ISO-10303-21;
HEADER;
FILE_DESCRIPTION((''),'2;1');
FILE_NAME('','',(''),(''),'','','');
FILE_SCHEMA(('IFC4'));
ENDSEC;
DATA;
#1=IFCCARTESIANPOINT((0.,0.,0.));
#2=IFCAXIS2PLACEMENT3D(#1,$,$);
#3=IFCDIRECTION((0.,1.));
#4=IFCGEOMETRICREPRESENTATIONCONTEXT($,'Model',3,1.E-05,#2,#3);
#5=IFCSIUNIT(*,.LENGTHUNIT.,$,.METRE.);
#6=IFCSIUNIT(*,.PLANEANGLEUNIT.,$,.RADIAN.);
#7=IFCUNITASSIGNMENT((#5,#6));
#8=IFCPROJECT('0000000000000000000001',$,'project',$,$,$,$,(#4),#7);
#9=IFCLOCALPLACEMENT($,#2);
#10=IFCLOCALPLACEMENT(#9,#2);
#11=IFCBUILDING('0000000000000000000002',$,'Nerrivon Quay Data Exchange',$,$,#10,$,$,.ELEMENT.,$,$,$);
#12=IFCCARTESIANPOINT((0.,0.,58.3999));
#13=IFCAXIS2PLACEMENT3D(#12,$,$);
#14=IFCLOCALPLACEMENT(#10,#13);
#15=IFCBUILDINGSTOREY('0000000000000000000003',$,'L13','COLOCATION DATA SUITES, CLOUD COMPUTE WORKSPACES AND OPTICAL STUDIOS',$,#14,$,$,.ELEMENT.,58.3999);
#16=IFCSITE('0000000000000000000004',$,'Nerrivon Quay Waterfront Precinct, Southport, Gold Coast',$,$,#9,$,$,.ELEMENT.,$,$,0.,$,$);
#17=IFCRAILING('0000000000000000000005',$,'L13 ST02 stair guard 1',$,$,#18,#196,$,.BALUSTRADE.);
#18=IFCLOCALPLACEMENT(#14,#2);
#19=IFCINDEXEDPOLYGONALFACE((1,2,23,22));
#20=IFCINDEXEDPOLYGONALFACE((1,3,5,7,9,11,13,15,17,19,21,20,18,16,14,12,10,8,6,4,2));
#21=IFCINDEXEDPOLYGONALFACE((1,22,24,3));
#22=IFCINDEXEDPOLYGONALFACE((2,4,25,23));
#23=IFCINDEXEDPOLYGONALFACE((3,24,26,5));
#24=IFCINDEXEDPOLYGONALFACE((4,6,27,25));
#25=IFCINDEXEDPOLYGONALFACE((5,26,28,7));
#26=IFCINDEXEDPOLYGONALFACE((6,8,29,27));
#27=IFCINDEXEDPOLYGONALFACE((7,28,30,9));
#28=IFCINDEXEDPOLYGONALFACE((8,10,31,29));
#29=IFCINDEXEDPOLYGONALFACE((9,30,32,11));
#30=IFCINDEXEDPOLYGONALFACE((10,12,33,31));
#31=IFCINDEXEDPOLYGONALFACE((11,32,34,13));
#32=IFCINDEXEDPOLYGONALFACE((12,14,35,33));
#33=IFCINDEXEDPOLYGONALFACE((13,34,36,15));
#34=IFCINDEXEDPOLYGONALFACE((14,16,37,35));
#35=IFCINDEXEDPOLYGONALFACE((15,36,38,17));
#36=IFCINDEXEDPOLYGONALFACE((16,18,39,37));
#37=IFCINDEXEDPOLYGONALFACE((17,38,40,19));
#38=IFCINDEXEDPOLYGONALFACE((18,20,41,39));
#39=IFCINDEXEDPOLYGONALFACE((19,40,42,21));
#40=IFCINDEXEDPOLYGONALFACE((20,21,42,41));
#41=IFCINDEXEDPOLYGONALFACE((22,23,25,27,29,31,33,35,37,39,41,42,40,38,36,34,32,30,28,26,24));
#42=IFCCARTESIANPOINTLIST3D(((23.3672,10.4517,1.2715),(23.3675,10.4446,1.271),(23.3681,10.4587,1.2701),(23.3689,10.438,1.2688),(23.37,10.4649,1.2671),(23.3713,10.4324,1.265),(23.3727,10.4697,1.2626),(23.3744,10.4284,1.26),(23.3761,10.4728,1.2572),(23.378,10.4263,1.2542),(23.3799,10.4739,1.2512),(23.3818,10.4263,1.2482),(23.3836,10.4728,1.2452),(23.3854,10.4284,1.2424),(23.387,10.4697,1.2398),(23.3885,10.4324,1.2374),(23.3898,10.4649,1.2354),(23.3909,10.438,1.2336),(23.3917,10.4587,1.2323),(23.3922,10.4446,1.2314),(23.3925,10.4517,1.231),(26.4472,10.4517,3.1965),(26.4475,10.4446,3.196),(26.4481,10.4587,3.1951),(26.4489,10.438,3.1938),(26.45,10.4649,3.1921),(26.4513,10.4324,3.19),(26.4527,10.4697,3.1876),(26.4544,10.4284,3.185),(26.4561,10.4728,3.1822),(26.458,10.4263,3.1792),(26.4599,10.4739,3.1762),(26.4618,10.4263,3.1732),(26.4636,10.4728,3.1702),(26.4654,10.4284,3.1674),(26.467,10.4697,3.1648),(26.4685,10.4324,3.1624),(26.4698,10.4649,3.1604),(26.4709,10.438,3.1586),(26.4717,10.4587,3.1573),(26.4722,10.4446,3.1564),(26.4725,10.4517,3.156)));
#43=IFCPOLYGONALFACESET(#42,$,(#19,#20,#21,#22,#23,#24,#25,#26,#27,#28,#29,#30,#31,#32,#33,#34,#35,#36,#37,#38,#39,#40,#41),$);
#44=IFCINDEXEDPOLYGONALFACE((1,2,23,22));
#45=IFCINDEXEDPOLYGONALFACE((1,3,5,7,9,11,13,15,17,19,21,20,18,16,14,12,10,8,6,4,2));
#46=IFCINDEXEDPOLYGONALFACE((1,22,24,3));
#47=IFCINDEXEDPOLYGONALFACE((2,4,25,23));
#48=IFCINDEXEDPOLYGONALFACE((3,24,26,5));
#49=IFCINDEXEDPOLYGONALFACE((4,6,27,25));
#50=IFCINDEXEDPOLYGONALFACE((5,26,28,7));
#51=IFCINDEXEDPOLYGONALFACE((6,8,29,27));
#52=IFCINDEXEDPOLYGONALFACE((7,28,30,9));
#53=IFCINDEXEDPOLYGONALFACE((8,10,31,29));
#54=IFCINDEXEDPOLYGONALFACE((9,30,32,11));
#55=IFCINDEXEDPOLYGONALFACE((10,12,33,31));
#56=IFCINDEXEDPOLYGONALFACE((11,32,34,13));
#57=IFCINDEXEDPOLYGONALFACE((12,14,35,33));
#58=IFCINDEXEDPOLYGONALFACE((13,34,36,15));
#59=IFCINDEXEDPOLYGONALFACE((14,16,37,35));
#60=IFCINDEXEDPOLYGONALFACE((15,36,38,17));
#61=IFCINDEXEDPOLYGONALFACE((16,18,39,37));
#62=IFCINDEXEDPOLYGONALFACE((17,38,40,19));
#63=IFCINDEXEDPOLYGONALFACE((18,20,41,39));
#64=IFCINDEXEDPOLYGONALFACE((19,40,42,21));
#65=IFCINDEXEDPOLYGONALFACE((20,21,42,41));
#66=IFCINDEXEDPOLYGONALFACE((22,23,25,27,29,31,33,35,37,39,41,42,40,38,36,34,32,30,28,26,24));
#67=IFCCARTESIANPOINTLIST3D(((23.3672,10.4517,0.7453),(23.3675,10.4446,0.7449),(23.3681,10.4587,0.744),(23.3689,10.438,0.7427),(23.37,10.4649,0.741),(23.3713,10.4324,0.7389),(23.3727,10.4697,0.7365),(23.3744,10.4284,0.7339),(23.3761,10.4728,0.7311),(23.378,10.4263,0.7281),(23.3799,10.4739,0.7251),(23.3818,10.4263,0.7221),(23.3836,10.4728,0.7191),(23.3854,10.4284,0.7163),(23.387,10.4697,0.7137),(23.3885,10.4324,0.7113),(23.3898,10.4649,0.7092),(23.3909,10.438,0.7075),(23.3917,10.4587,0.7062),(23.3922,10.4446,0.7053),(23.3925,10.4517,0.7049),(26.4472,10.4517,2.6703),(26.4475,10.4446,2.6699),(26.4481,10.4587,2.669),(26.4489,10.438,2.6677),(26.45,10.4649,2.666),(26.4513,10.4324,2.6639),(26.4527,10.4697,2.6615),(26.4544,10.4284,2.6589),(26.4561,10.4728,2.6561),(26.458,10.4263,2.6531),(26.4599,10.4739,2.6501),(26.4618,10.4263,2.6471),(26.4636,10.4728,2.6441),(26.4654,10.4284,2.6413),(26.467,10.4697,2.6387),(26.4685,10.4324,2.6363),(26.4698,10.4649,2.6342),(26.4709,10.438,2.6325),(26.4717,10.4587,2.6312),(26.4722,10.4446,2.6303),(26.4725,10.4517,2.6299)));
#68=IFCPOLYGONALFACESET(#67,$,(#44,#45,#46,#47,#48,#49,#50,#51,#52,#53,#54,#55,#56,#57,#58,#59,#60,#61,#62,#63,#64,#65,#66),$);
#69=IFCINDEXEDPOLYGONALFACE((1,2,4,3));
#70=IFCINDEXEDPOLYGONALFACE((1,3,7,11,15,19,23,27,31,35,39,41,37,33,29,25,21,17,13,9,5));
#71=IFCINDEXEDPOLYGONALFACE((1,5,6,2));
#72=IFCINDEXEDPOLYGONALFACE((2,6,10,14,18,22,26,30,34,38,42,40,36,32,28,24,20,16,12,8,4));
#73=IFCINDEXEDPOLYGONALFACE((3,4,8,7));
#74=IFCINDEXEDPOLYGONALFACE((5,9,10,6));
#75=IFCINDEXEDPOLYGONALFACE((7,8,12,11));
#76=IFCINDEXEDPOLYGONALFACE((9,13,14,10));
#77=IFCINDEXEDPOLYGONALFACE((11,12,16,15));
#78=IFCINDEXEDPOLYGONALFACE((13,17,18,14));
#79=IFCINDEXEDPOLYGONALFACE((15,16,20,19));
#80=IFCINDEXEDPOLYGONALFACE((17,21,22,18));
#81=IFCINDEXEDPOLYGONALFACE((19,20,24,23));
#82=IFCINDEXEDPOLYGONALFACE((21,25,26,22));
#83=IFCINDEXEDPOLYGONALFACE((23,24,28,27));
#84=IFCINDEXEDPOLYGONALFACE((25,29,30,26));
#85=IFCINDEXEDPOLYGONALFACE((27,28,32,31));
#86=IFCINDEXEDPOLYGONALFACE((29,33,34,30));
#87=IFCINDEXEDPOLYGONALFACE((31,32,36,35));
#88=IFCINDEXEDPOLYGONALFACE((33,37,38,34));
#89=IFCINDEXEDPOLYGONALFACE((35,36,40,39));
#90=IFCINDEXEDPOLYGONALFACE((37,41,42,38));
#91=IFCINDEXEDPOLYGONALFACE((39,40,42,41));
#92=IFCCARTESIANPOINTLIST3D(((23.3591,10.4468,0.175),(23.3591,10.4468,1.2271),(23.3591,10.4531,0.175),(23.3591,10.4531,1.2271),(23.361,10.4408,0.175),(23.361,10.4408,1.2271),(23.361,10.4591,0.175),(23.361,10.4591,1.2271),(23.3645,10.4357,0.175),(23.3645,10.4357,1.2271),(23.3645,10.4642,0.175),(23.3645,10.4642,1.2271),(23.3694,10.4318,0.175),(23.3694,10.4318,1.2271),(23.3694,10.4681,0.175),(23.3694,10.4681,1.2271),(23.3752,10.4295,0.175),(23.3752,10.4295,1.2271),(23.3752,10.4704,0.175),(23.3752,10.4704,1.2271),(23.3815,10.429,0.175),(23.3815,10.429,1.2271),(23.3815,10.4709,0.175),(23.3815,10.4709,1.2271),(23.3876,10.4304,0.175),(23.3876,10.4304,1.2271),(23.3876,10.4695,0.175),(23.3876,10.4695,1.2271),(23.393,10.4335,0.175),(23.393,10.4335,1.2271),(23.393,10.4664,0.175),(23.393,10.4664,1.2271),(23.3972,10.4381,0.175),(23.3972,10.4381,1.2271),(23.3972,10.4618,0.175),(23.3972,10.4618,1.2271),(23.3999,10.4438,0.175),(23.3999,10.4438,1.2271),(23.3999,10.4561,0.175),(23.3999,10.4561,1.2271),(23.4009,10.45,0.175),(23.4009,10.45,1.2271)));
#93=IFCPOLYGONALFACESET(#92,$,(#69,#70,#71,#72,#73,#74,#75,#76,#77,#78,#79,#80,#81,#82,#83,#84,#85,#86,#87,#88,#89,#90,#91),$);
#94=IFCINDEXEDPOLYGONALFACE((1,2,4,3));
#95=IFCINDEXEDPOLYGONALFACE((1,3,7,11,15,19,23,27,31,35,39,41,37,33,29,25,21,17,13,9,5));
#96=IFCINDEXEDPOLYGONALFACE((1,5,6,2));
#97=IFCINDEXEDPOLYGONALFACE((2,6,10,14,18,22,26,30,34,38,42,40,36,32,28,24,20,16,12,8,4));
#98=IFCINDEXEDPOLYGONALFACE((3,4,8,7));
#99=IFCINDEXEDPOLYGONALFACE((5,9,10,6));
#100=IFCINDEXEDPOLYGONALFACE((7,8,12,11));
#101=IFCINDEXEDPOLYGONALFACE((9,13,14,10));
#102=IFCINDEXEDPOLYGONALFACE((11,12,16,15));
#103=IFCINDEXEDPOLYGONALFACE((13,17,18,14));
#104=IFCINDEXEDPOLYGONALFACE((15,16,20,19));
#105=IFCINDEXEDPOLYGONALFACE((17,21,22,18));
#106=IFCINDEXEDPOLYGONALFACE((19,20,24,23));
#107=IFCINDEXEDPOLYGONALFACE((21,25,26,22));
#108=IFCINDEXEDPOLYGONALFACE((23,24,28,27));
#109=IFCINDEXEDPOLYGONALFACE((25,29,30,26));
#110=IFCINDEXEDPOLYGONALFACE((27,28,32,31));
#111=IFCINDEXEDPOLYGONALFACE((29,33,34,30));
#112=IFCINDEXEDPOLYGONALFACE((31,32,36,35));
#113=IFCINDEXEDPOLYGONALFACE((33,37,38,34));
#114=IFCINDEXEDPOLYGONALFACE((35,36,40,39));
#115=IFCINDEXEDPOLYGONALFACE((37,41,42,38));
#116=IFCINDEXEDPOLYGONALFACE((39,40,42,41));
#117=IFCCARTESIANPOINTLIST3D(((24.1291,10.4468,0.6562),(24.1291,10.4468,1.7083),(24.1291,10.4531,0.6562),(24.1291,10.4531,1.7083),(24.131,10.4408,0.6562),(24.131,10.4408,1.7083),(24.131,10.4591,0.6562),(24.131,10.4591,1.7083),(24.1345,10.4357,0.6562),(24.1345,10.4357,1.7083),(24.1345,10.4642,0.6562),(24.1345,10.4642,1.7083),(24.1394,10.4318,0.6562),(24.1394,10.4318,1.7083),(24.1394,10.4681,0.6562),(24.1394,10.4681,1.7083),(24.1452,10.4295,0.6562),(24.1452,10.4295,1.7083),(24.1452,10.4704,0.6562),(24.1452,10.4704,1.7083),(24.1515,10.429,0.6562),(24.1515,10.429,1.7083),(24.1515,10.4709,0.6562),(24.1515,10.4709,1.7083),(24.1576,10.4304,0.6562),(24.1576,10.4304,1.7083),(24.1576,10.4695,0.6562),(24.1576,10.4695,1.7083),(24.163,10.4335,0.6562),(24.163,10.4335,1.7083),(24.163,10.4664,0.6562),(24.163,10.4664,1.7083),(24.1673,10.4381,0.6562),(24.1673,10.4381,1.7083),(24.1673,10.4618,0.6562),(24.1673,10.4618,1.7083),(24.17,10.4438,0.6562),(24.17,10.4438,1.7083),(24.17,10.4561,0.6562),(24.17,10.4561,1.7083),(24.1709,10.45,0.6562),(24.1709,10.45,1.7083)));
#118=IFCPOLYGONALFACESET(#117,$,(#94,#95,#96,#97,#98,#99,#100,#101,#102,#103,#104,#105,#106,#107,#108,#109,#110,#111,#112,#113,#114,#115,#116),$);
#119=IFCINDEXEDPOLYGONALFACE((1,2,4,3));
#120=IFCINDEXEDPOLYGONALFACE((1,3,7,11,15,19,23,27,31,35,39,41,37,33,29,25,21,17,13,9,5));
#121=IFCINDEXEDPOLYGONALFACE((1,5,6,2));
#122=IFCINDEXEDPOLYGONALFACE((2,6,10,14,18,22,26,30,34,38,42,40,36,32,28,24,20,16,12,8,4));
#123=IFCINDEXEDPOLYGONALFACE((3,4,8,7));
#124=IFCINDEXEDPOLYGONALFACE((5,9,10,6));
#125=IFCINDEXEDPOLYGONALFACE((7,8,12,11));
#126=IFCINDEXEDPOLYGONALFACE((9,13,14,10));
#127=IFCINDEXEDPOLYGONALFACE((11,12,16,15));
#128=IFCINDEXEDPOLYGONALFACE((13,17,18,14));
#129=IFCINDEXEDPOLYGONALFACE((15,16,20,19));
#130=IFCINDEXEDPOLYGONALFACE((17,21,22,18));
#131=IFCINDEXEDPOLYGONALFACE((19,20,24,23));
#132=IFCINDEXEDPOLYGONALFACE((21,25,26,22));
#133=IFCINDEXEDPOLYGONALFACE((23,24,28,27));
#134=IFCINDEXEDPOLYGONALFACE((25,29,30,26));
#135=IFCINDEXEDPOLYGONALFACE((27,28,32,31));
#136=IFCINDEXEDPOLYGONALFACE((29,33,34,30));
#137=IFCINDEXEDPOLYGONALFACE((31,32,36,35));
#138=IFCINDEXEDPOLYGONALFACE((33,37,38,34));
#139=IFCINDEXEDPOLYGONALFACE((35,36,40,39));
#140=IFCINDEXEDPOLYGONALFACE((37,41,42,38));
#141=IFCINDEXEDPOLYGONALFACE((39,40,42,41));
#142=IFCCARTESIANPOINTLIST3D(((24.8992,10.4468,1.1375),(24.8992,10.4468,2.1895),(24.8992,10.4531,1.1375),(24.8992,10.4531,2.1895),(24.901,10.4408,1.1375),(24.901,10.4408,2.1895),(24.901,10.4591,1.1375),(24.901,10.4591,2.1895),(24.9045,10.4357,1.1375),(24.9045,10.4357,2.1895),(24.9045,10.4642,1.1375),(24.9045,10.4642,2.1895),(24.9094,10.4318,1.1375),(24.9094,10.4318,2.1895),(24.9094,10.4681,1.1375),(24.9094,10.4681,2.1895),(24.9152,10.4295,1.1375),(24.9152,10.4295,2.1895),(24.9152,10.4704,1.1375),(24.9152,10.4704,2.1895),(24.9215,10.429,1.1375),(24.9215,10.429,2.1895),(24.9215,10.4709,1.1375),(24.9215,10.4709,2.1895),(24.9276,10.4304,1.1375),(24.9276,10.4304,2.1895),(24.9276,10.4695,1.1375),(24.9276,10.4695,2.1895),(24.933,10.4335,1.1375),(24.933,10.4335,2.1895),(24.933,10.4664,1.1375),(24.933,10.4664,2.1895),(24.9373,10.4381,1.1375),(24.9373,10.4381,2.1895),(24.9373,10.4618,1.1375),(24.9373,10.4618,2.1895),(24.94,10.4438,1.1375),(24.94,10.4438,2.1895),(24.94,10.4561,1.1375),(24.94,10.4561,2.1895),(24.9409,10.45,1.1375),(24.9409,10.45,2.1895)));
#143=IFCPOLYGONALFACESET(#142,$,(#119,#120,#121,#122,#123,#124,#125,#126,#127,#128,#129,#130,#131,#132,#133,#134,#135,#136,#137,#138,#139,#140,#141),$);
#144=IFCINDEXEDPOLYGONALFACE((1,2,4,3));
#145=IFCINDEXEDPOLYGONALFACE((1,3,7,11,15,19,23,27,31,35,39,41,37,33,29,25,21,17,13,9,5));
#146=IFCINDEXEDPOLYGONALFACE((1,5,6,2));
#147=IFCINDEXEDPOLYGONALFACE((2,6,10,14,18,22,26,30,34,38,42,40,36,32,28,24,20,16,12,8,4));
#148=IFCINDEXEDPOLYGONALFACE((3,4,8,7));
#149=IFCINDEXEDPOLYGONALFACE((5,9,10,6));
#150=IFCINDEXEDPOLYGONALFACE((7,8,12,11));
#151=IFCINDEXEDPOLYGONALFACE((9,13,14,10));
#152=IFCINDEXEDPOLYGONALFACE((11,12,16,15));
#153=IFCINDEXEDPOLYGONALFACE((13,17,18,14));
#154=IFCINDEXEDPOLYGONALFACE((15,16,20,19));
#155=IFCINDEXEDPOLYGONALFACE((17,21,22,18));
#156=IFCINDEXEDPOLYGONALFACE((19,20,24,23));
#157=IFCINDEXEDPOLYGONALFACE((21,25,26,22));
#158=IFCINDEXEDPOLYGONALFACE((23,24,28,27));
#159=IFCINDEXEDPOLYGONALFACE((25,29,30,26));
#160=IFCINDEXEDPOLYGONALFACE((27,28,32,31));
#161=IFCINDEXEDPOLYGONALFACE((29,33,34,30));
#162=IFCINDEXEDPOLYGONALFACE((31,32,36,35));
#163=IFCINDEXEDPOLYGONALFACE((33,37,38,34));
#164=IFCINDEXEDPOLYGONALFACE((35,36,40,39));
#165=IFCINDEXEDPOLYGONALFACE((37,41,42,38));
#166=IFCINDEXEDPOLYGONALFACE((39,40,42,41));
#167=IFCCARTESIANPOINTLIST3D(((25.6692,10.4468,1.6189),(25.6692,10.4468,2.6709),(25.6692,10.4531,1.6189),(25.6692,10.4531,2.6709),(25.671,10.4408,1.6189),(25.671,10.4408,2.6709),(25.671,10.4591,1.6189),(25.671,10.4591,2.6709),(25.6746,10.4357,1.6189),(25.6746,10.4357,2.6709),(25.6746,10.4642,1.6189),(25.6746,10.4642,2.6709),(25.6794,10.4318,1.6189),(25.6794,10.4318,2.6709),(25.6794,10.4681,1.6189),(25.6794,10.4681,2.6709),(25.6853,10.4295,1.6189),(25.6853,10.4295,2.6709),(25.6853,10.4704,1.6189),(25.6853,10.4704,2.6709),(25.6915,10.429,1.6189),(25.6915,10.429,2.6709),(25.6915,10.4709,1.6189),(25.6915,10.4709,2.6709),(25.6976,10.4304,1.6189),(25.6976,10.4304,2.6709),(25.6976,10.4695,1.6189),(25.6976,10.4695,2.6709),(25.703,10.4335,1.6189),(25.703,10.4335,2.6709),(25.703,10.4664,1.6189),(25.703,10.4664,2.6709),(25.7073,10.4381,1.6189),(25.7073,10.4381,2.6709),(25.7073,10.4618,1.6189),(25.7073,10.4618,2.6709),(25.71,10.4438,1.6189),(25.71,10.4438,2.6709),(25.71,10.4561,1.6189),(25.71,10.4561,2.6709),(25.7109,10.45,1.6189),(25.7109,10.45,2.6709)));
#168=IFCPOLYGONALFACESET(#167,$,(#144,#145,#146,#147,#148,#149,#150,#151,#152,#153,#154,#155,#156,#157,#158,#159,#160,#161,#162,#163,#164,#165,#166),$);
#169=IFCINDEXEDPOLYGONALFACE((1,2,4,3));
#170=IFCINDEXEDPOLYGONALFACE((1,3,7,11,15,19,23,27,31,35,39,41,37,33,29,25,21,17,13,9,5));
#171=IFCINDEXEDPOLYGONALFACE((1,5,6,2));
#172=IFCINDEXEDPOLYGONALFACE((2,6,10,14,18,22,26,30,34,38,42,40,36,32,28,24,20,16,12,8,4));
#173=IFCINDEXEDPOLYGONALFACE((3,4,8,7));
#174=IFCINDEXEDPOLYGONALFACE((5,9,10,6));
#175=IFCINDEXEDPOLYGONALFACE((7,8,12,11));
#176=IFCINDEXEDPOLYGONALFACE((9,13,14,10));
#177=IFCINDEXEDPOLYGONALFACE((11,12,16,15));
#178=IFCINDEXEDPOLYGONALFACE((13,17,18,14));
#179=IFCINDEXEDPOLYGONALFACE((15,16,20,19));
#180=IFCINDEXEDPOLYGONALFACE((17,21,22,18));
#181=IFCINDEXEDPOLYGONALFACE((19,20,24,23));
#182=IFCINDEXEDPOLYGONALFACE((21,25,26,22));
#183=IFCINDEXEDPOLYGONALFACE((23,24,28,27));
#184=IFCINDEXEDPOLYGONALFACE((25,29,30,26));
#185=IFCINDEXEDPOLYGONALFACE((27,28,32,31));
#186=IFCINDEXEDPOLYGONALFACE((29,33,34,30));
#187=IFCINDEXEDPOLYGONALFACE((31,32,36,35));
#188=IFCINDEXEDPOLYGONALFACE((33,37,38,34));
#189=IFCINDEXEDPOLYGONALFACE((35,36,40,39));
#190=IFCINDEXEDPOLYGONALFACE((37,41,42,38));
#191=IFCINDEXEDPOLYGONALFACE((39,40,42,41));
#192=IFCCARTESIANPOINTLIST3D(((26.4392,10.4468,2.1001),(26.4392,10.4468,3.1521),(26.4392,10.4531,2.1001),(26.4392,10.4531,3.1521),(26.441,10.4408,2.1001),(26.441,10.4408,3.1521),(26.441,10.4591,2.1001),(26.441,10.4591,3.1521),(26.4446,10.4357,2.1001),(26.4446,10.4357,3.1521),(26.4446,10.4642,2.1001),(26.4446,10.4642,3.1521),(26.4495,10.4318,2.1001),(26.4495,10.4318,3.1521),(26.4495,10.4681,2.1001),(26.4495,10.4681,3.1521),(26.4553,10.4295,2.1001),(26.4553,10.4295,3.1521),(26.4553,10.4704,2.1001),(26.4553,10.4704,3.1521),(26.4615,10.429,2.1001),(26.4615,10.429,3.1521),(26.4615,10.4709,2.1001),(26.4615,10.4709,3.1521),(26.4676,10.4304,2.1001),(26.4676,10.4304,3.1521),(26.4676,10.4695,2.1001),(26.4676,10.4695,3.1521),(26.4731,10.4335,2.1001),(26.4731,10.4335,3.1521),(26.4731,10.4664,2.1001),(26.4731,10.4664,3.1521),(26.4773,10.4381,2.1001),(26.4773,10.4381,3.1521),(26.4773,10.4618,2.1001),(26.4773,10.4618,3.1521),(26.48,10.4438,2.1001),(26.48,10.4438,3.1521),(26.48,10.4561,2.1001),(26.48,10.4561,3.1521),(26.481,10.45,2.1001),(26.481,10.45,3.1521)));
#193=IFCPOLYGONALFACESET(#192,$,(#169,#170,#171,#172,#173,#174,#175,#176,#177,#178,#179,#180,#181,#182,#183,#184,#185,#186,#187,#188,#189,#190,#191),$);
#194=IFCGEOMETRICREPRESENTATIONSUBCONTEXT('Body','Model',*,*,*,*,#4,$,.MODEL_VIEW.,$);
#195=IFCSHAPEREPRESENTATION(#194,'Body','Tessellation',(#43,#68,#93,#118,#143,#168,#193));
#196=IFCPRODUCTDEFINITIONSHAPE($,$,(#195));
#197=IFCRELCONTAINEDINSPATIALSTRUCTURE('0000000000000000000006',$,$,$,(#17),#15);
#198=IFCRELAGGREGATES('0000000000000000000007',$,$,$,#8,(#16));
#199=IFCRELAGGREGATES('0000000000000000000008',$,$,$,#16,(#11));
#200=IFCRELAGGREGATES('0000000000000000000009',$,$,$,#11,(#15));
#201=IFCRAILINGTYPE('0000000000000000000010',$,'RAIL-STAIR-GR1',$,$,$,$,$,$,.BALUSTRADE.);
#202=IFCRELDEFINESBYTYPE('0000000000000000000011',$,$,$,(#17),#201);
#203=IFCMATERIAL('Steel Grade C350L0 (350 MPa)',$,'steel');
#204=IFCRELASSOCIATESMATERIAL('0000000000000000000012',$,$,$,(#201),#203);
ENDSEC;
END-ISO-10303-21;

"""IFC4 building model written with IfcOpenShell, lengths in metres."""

from ifc_helpers import new_model, si_unit, direction, frame, origin, origin_2d, place, context, subcontext, project, spatial, circle, extrude, material, type_object, element, save


model = new_model("IFC4")

# Units and contexts
model_context = context("Model", 3, precision=1e-05, world=origin(), true_north=direction((0.0, 1.0)))
body_context = subcontext(model_context, "Body", "Model", "MODEL_VIEW")
ifc_project = project(units=[si_unit("LENGTHUNIT", "METRE"), si_unit("PLANEANGLEUNIT", "RADIAN")], contexts=[model_context])

# Site, building, storey
site_placement = place(None, origin())
site = spatial("IfcSite", under=ifc_project, at=site_placement, Name="Nerrivon Quay Waterfront Precinct, Southport, Gold Coast", CompositionType="ELEMENT", RefElevation=0.0)
building_placement = place(site_placement, origin())
building = spatial("IfcBuilding", under=site, at=building_placement, Name="Nerrivon Quay Data Exchange", CompositionType="ELEMENT")
storey_placement = place(building_placement, frame((0.0, 0.0, 58.3999)))
storey = spatial("IfcBuildingStorey", under=building, at=storey_placement, Name="L13", Description="COLOCATION DATA SUITES, CLOUD COMPUTE WORKSPACES AND OPTICAL STUDIOS", CompositionType="ELEMENT", Elevation=58.3999)

# Railing
ifc_material_1 = material(Name="Steel Grade C350L0 (350 MPa)", Category="steel")
railing_type_1 = type_object("IfcRailingType", Name="RAIL-STAIR-GR1", PredefinedType="BALUSTRADE", material=ifc_material_1)
railing_1_placement = place(storey_placement, frame((23.3799, 10.45, 0.175)))
element("IfcRailing", 1, at=railing_1_placement, inside=storey, type_object=railing_type_1, Name="L13 ST02 stair guard 1", PredefinedType="BALUSTRADE", context=body_context, shape_type="SweptSolid", body=[
    extrude(circle(Radius=0.0239, at=origin_2d()), frame((0.0, 0.0, 1.0762), z_axis=(0.847998, 0.0, 0.529999), x_axis=(0.0, 1.0, 0.0)), (0.0, 0.0, 1.0), 3.6321),
    extrude(circle(Radius=0.0239, at=origin_2d()), frame((0.0, 0.0, 0.55), z_axis=(0.847998, 0.0, 0.529999), x_axis=(0.0, 1.0, 0.0)), (0.0, 0.0, 1.0), 3.6321),
    extrude(circle(Radius=0.021, at=origin_2d()), origin(), (0.0, 0.0, 1.0), 1.052),
    extrude(circle(Radius=0.021, at=origin_2d()), frame((0.77, 0.0, 0.4812)), (0.0, 0.0, 1.0), 1.052),
    extrude(circle(Radius=0.021, at=origin_2d()), frame((1.54, 0.0, 0.9624)), (0.0, 0.0, 1.0), 1.052),
    extrude(circle(Radius=0.021, at=origin_2d()), frame((2.3101, 0.0, 1.4438)), (0.0, 0.0, 1.0), 1.052),
    extrude(circle(Radius=0.021, at=origin_2d()), frame((3.0801, 0.0, 1.925)), (0.0, 0.0, 1.0), 1.052),
])

save(model, "model.ifc")
